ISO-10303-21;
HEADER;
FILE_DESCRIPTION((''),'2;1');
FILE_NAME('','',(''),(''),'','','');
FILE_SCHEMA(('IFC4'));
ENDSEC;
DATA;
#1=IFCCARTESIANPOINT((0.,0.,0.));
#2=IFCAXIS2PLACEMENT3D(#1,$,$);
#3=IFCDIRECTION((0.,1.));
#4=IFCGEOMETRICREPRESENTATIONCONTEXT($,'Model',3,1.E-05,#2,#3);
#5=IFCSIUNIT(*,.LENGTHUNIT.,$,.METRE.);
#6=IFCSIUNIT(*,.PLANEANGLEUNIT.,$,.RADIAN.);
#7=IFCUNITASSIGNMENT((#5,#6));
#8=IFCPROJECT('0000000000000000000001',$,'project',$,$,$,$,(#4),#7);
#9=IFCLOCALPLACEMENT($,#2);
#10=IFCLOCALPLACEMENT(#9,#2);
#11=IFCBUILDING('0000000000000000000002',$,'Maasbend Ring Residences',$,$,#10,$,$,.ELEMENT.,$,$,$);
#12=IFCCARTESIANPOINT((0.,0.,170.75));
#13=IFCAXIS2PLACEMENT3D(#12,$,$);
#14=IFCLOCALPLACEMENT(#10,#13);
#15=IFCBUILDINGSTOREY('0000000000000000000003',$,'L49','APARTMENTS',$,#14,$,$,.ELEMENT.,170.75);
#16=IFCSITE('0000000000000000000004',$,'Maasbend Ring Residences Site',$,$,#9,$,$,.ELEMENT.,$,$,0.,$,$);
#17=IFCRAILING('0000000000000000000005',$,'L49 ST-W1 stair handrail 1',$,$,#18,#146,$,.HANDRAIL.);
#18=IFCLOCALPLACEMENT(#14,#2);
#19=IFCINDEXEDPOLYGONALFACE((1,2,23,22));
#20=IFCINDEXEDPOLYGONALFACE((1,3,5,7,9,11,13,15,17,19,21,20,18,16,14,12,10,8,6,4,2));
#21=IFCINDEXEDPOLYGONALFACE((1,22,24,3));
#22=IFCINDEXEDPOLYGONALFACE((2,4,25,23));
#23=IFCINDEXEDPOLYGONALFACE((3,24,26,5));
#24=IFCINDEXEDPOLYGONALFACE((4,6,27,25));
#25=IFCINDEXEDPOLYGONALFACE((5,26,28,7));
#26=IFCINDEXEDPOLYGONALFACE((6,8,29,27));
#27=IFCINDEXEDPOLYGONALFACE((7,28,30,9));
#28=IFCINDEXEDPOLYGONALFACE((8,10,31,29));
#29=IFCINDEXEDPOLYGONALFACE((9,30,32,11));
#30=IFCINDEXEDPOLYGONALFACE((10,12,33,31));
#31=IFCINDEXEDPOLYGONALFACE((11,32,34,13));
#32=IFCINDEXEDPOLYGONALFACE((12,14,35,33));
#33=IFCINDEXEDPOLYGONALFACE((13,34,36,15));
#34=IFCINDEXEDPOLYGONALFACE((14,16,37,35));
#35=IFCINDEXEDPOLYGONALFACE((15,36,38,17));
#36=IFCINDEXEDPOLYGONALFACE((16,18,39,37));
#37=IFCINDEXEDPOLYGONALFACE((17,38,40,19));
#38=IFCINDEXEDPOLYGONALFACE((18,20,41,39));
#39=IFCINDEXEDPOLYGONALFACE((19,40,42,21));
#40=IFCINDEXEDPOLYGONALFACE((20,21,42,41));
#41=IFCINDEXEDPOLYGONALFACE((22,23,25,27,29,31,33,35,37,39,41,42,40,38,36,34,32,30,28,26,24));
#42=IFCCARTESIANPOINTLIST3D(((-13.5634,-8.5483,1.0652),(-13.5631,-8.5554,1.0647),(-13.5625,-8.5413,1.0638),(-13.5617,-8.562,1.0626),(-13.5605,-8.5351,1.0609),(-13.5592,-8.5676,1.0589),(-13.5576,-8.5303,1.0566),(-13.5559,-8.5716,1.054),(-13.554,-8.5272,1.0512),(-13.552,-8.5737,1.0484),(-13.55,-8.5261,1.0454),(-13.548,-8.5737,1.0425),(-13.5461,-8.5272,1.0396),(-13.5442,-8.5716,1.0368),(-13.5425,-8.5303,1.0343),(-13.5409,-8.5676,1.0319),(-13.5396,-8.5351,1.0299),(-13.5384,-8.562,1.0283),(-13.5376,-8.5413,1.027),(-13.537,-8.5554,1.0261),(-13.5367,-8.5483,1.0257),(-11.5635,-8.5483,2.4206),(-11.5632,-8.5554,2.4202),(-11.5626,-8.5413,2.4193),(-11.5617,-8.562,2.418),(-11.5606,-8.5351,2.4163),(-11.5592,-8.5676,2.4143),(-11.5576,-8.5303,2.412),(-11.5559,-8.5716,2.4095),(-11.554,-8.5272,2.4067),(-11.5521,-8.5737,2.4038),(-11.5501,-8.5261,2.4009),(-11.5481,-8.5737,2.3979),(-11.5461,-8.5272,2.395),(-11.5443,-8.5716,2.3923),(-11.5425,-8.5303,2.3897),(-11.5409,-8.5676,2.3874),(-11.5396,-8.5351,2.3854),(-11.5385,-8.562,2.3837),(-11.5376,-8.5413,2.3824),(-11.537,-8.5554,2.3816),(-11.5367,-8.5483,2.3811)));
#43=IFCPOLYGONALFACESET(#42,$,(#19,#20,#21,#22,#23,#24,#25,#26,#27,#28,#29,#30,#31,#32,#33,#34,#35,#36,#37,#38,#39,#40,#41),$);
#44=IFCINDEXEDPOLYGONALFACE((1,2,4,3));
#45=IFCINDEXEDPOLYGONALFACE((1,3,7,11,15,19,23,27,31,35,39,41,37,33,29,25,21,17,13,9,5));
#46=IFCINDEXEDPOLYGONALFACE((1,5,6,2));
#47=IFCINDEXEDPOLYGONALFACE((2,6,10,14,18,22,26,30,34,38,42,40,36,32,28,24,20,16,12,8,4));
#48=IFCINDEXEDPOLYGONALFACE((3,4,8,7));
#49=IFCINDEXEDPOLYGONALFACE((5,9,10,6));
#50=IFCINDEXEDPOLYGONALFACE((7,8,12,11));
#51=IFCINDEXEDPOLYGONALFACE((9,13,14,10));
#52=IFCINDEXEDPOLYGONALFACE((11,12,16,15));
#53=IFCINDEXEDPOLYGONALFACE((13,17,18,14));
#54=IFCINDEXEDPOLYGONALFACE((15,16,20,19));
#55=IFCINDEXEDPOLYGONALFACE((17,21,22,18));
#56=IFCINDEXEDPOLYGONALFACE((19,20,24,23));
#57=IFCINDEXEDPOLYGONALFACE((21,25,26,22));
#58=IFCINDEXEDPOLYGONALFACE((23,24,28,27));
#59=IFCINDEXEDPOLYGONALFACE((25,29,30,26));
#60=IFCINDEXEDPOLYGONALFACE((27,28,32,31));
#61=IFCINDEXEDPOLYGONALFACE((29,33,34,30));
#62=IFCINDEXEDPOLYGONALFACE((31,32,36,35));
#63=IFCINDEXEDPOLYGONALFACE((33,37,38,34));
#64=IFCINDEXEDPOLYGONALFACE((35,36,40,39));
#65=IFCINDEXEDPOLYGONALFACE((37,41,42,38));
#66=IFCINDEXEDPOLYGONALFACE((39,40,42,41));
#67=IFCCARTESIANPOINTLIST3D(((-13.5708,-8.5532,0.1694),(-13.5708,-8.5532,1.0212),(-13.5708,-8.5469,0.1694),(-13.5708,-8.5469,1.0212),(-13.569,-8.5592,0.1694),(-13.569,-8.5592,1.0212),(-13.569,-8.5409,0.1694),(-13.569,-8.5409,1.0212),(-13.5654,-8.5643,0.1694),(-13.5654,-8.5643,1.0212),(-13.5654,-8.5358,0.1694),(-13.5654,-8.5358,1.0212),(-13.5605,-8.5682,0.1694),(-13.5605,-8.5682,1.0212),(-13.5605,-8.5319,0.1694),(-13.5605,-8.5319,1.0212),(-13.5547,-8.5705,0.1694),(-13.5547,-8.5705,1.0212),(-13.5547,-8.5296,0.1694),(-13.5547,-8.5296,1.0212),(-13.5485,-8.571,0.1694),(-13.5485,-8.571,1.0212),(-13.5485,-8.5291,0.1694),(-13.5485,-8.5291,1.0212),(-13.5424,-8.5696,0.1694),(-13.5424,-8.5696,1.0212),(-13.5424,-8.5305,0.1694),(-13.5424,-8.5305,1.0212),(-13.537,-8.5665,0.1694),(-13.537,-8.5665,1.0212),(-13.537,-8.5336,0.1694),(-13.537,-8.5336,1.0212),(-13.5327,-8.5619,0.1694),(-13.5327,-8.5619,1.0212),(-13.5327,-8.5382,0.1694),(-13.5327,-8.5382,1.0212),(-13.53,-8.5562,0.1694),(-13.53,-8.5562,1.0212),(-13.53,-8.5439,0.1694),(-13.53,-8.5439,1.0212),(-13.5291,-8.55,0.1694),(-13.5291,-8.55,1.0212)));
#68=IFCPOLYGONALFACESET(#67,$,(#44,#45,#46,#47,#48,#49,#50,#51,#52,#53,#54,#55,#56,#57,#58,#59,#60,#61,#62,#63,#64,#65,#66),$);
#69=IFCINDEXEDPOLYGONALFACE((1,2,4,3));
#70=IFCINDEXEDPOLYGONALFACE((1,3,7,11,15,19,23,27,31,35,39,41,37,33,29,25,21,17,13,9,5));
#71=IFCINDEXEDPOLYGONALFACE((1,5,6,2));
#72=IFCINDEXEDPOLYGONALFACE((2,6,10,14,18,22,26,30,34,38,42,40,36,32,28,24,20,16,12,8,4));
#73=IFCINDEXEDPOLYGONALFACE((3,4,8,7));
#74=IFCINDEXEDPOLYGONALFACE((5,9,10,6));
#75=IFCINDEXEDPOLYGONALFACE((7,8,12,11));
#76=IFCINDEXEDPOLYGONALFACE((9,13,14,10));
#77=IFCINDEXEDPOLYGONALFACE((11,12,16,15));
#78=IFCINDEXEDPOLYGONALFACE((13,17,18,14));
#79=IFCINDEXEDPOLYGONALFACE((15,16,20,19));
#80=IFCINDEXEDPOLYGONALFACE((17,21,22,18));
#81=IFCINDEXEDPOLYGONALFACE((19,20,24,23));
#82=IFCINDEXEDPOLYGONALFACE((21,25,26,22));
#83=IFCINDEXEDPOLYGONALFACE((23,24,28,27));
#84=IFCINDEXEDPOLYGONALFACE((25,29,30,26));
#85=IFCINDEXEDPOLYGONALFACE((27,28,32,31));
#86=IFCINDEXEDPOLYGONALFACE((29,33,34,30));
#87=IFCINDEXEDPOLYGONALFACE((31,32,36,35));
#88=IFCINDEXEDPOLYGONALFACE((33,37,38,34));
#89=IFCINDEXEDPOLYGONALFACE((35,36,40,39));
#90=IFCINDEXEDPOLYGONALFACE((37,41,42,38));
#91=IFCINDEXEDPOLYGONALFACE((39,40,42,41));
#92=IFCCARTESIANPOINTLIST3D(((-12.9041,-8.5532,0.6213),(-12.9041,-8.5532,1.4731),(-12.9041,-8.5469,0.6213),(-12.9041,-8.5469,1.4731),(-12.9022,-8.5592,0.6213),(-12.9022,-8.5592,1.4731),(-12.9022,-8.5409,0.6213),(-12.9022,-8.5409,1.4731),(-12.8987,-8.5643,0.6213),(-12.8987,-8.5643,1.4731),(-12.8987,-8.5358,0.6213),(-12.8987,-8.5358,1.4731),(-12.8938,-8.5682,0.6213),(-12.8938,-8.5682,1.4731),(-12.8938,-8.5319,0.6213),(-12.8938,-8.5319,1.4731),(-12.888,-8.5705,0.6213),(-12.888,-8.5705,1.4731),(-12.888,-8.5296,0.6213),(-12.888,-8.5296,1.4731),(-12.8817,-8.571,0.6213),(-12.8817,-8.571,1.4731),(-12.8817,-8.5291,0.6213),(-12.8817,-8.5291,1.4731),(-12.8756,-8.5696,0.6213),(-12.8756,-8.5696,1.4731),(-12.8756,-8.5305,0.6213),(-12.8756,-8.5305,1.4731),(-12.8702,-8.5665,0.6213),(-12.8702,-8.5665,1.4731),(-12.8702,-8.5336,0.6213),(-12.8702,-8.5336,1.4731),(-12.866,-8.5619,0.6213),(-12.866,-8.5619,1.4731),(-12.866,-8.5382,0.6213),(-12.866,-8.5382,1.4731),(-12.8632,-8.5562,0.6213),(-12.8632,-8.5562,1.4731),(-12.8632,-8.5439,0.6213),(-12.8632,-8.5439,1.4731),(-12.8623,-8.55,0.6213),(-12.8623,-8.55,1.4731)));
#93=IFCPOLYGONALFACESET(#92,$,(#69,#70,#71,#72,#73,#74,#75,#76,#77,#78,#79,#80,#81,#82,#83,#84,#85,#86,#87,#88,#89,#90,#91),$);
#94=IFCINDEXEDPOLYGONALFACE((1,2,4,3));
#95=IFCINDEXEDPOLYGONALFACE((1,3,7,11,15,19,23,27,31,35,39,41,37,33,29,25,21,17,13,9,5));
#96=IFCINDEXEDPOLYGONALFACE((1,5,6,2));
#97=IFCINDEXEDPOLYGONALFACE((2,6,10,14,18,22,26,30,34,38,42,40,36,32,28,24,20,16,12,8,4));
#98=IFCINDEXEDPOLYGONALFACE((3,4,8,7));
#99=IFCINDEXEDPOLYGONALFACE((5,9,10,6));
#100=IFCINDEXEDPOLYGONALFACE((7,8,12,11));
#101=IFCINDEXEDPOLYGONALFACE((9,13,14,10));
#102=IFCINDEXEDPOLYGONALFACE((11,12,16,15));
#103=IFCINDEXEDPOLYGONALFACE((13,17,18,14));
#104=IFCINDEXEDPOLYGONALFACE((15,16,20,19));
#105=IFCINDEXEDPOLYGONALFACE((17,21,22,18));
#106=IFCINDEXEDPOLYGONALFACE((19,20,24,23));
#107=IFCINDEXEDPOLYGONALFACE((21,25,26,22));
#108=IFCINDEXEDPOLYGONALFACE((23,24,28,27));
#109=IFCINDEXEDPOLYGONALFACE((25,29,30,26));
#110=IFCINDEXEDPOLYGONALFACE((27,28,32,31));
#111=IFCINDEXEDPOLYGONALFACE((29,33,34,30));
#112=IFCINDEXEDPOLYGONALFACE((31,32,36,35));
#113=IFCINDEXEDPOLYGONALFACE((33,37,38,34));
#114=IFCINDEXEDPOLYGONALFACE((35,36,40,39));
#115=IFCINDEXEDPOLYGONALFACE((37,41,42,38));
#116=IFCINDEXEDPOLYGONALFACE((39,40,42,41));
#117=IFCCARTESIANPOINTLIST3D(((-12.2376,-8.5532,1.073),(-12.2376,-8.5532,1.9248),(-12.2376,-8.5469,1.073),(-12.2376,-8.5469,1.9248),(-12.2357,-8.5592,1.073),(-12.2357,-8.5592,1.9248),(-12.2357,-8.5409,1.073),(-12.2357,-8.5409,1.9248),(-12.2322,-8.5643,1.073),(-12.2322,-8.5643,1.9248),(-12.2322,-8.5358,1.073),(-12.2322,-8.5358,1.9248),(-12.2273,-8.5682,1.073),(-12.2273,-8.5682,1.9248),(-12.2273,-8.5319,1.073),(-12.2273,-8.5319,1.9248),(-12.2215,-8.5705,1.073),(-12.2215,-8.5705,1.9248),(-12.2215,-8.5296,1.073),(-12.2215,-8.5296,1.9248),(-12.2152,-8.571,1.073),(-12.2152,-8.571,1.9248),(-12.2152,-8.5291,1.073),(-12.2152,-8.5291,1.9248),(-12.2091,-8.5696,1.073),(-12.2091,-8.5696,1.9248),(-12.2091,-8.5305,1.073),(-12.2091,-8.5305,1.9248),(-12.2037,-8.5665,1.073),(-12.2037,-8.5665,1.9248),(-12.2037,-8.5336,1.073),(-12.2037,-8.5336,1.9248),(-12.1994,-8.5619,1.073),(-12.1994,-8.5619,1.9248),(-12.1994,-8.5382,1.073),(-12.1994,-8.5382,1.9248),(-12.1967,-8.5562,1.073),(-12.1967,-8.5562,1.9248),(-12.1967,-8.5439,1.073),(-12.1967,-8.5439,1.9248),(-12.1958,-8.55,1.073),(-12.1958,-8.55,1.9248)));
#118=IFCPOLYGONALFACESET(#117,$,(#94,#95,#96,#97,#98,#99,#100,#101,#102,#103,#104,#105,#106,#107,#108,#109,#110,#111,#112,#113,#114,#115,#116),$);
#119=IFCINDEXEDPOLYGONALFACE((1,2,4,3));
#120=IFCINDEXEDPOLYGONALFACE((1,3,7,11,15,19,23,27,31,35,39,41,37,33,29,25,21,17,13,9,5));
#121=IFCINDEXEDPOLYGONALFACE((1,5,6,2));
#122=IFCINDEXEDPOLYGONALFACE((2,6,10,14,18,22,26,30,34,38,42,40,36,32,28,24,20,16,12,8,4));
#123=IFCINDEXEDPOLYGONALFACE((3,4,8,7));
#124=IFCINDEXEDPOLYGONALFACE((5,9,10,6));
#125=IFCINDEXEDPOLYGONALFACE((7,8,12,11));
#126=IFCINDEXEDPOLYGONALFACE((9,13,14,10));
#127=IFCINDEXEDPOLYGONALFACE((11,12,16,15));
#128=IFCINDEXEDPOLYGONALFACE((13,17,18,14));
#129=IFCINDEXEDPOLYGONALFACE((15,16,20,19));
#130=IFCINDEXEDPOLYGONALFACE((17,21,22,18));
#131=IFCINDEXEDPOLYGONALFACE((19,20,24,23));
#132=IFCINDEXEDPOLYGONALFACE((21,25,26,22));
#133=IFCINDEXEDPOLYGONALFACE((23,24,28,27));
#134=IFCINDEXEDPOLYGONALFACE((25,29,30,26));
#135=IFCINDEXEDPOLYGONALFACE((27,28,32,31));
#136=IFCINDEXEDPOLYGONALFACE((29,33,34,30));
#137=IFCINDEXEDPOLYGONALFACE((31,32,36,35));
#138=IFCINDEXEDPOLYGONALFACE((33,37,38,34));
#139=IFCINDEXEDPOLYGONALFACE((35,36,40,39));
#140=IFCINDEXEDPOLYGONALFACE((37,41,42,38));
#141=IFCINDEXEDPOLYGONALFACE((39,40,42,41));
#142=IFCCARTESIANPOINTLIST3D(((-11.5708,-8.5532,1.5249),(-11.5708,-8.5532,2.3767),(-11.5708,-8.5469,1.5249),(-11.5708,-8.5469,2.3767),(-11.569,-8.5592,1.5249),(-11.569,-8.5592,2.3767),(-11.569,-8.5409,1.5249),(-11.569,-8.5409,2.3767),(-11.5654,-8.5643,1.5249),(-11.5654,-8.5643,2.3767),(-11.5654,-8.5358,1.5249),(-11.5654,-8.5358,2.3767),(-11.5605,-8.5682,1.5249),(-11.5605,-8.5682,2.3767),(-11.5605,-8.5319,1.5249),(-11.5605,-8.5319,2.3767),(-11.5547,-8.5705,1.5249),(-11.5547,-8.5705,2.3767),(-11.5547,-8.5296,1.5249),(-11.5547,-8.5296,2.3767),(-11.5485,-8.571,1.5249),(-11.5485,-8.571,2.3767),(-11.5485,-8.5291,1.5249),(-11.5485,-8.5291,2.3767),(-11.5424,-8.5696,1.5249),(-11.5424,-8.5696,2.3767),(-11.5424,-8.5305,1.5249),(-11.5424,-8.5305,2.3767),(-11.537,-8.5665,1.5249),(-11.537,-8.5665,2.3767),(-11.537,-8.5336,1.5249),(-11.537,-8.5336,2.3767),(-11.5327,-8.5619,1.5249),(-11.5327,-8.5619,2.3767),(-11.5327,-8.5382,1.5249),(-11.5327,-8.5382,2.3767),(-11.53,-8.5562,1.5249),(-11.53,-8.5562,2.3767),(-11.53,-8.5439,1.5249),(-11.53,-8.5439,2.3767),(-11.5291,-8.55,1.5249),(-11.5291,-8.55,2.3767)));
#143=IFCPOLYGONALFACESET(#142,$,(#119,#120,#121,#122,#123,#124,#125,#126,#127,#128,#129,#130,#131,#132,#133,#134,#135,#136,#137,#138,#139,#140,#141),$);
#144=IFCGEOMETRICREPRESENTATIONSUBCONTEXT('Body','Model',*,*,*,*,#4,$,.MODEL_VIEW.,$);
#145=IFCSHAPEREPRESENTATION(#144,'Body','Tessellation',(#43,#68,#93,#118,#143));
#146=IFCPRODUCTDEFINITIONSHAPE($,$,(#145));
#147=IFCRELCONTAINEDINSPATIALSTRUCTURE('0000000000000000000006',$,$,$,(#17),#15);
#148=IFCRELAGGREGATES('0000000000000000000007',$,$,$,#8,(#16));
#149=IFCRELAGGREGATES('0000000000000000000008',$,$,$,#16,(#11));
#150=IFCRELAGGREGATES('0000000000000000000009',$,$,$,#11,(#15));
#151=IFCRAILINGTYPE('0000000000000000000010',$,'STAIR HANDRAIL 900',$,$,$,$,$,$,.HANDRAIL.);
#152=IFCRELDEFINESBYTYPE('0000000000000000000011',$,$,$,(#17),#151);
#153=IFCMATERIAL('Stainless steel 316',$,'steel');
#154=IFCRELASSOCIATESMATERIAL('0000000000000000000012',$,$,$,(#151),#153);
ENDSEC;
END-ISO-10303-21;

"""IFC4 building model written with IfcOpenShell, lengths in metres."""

from ifc_helpers import new_model, si_unit, direction, frame, origin, origin_2d, place, context, subcontext, project, spatial, circle, extrude, material, type_object, element, save


model = new_model("IFC4")

# Units and contexts
model_context = context("Model", 3, precision=1e-05, world=origin(), true_north=direction((0.0, 1.0)))
body_context = subcontext(model_context, "Body", "Model", "MODEL_VIEW")
ifc_project = project(units=[si_unit("LENGTHUNIT", "METRE"), si_unit("PLANEANGLEUNIT", "RADIAN")], contexts=[model_context])

# Site, building, storey
site_placement = place(None, origin())
site = spatial("IfcSite", under=ifc_project, at=site_placement, Name="Maasbend Ring Residences Site", CompositionType="ELEMENT", RefElevation=0.0)
building_placement = place(site_placement, origin())
building = spatial("IfcBuilding", under=site, at=building_placement, Name="Maasbend Ring Residences", CompositionType="ELEMENT")
storey_placement = place(building_placement, frame((0.0, 0.0, 170.75)))
storey = spatial("IfcBuildingStorey", under=building, at=storey_placement, Name="L49", Description="APARTMENTS", CompositionType="ELEMENT", Elevation=170.75)

# Railing
ifc_material_1 = material(Name="Stainless steel 316", Category="steel")
railing_type_1 = type_object("IfcRailingType", Name="STAIR HANDRAIL 900", PredefinedType="HANDRAIL", material=ifc_material_1)
railing_1_placement = place(storey_placement, frame((-13.55, -8.55, 0.1694)))
element("IfcRailing", 1, at=railing_1_placement, inside=storey, type_object=railing_type_1, Name="L49 ST-W1 stair handrail 1", PredefinedType="HANDRAIL", context=body_context, shape_type="SweptSolid", body=[
    extrude(circle(Radius=0.0239, at=origin_2d()), frame((0.0, 0.0, 0.876), z_axis=(0.827798, 0.0, 0.561027), x_axis=(0.0, 1.0, 0.0)), (0.0, 0.0, 1.0), 2.416),
    extrude(circle(Radius=0.021, at=origin_2d()), origin(), (0.0, 0.0, 1.0), 0.8518),
    extrude(circle(Radius=0.021, at=origin_2d()), frame((0.6667, 0.0, 0.4519)), (0.0, 0.0, 1.0), 0.8518),
    extrude(circle(Radius=0.021, at=origin_2d()), frame((1.3333, 0.0, 0.9036)), (0.0, 0.0, 1.0), 0.8518),
    extrude(circle(Radius=0.021, at=origin_2d()), frame((2.0, 0.0, 1.3555)), (0.0, 0.0, 1.0), 0.8518),
])

save(model, "model.ifc")
